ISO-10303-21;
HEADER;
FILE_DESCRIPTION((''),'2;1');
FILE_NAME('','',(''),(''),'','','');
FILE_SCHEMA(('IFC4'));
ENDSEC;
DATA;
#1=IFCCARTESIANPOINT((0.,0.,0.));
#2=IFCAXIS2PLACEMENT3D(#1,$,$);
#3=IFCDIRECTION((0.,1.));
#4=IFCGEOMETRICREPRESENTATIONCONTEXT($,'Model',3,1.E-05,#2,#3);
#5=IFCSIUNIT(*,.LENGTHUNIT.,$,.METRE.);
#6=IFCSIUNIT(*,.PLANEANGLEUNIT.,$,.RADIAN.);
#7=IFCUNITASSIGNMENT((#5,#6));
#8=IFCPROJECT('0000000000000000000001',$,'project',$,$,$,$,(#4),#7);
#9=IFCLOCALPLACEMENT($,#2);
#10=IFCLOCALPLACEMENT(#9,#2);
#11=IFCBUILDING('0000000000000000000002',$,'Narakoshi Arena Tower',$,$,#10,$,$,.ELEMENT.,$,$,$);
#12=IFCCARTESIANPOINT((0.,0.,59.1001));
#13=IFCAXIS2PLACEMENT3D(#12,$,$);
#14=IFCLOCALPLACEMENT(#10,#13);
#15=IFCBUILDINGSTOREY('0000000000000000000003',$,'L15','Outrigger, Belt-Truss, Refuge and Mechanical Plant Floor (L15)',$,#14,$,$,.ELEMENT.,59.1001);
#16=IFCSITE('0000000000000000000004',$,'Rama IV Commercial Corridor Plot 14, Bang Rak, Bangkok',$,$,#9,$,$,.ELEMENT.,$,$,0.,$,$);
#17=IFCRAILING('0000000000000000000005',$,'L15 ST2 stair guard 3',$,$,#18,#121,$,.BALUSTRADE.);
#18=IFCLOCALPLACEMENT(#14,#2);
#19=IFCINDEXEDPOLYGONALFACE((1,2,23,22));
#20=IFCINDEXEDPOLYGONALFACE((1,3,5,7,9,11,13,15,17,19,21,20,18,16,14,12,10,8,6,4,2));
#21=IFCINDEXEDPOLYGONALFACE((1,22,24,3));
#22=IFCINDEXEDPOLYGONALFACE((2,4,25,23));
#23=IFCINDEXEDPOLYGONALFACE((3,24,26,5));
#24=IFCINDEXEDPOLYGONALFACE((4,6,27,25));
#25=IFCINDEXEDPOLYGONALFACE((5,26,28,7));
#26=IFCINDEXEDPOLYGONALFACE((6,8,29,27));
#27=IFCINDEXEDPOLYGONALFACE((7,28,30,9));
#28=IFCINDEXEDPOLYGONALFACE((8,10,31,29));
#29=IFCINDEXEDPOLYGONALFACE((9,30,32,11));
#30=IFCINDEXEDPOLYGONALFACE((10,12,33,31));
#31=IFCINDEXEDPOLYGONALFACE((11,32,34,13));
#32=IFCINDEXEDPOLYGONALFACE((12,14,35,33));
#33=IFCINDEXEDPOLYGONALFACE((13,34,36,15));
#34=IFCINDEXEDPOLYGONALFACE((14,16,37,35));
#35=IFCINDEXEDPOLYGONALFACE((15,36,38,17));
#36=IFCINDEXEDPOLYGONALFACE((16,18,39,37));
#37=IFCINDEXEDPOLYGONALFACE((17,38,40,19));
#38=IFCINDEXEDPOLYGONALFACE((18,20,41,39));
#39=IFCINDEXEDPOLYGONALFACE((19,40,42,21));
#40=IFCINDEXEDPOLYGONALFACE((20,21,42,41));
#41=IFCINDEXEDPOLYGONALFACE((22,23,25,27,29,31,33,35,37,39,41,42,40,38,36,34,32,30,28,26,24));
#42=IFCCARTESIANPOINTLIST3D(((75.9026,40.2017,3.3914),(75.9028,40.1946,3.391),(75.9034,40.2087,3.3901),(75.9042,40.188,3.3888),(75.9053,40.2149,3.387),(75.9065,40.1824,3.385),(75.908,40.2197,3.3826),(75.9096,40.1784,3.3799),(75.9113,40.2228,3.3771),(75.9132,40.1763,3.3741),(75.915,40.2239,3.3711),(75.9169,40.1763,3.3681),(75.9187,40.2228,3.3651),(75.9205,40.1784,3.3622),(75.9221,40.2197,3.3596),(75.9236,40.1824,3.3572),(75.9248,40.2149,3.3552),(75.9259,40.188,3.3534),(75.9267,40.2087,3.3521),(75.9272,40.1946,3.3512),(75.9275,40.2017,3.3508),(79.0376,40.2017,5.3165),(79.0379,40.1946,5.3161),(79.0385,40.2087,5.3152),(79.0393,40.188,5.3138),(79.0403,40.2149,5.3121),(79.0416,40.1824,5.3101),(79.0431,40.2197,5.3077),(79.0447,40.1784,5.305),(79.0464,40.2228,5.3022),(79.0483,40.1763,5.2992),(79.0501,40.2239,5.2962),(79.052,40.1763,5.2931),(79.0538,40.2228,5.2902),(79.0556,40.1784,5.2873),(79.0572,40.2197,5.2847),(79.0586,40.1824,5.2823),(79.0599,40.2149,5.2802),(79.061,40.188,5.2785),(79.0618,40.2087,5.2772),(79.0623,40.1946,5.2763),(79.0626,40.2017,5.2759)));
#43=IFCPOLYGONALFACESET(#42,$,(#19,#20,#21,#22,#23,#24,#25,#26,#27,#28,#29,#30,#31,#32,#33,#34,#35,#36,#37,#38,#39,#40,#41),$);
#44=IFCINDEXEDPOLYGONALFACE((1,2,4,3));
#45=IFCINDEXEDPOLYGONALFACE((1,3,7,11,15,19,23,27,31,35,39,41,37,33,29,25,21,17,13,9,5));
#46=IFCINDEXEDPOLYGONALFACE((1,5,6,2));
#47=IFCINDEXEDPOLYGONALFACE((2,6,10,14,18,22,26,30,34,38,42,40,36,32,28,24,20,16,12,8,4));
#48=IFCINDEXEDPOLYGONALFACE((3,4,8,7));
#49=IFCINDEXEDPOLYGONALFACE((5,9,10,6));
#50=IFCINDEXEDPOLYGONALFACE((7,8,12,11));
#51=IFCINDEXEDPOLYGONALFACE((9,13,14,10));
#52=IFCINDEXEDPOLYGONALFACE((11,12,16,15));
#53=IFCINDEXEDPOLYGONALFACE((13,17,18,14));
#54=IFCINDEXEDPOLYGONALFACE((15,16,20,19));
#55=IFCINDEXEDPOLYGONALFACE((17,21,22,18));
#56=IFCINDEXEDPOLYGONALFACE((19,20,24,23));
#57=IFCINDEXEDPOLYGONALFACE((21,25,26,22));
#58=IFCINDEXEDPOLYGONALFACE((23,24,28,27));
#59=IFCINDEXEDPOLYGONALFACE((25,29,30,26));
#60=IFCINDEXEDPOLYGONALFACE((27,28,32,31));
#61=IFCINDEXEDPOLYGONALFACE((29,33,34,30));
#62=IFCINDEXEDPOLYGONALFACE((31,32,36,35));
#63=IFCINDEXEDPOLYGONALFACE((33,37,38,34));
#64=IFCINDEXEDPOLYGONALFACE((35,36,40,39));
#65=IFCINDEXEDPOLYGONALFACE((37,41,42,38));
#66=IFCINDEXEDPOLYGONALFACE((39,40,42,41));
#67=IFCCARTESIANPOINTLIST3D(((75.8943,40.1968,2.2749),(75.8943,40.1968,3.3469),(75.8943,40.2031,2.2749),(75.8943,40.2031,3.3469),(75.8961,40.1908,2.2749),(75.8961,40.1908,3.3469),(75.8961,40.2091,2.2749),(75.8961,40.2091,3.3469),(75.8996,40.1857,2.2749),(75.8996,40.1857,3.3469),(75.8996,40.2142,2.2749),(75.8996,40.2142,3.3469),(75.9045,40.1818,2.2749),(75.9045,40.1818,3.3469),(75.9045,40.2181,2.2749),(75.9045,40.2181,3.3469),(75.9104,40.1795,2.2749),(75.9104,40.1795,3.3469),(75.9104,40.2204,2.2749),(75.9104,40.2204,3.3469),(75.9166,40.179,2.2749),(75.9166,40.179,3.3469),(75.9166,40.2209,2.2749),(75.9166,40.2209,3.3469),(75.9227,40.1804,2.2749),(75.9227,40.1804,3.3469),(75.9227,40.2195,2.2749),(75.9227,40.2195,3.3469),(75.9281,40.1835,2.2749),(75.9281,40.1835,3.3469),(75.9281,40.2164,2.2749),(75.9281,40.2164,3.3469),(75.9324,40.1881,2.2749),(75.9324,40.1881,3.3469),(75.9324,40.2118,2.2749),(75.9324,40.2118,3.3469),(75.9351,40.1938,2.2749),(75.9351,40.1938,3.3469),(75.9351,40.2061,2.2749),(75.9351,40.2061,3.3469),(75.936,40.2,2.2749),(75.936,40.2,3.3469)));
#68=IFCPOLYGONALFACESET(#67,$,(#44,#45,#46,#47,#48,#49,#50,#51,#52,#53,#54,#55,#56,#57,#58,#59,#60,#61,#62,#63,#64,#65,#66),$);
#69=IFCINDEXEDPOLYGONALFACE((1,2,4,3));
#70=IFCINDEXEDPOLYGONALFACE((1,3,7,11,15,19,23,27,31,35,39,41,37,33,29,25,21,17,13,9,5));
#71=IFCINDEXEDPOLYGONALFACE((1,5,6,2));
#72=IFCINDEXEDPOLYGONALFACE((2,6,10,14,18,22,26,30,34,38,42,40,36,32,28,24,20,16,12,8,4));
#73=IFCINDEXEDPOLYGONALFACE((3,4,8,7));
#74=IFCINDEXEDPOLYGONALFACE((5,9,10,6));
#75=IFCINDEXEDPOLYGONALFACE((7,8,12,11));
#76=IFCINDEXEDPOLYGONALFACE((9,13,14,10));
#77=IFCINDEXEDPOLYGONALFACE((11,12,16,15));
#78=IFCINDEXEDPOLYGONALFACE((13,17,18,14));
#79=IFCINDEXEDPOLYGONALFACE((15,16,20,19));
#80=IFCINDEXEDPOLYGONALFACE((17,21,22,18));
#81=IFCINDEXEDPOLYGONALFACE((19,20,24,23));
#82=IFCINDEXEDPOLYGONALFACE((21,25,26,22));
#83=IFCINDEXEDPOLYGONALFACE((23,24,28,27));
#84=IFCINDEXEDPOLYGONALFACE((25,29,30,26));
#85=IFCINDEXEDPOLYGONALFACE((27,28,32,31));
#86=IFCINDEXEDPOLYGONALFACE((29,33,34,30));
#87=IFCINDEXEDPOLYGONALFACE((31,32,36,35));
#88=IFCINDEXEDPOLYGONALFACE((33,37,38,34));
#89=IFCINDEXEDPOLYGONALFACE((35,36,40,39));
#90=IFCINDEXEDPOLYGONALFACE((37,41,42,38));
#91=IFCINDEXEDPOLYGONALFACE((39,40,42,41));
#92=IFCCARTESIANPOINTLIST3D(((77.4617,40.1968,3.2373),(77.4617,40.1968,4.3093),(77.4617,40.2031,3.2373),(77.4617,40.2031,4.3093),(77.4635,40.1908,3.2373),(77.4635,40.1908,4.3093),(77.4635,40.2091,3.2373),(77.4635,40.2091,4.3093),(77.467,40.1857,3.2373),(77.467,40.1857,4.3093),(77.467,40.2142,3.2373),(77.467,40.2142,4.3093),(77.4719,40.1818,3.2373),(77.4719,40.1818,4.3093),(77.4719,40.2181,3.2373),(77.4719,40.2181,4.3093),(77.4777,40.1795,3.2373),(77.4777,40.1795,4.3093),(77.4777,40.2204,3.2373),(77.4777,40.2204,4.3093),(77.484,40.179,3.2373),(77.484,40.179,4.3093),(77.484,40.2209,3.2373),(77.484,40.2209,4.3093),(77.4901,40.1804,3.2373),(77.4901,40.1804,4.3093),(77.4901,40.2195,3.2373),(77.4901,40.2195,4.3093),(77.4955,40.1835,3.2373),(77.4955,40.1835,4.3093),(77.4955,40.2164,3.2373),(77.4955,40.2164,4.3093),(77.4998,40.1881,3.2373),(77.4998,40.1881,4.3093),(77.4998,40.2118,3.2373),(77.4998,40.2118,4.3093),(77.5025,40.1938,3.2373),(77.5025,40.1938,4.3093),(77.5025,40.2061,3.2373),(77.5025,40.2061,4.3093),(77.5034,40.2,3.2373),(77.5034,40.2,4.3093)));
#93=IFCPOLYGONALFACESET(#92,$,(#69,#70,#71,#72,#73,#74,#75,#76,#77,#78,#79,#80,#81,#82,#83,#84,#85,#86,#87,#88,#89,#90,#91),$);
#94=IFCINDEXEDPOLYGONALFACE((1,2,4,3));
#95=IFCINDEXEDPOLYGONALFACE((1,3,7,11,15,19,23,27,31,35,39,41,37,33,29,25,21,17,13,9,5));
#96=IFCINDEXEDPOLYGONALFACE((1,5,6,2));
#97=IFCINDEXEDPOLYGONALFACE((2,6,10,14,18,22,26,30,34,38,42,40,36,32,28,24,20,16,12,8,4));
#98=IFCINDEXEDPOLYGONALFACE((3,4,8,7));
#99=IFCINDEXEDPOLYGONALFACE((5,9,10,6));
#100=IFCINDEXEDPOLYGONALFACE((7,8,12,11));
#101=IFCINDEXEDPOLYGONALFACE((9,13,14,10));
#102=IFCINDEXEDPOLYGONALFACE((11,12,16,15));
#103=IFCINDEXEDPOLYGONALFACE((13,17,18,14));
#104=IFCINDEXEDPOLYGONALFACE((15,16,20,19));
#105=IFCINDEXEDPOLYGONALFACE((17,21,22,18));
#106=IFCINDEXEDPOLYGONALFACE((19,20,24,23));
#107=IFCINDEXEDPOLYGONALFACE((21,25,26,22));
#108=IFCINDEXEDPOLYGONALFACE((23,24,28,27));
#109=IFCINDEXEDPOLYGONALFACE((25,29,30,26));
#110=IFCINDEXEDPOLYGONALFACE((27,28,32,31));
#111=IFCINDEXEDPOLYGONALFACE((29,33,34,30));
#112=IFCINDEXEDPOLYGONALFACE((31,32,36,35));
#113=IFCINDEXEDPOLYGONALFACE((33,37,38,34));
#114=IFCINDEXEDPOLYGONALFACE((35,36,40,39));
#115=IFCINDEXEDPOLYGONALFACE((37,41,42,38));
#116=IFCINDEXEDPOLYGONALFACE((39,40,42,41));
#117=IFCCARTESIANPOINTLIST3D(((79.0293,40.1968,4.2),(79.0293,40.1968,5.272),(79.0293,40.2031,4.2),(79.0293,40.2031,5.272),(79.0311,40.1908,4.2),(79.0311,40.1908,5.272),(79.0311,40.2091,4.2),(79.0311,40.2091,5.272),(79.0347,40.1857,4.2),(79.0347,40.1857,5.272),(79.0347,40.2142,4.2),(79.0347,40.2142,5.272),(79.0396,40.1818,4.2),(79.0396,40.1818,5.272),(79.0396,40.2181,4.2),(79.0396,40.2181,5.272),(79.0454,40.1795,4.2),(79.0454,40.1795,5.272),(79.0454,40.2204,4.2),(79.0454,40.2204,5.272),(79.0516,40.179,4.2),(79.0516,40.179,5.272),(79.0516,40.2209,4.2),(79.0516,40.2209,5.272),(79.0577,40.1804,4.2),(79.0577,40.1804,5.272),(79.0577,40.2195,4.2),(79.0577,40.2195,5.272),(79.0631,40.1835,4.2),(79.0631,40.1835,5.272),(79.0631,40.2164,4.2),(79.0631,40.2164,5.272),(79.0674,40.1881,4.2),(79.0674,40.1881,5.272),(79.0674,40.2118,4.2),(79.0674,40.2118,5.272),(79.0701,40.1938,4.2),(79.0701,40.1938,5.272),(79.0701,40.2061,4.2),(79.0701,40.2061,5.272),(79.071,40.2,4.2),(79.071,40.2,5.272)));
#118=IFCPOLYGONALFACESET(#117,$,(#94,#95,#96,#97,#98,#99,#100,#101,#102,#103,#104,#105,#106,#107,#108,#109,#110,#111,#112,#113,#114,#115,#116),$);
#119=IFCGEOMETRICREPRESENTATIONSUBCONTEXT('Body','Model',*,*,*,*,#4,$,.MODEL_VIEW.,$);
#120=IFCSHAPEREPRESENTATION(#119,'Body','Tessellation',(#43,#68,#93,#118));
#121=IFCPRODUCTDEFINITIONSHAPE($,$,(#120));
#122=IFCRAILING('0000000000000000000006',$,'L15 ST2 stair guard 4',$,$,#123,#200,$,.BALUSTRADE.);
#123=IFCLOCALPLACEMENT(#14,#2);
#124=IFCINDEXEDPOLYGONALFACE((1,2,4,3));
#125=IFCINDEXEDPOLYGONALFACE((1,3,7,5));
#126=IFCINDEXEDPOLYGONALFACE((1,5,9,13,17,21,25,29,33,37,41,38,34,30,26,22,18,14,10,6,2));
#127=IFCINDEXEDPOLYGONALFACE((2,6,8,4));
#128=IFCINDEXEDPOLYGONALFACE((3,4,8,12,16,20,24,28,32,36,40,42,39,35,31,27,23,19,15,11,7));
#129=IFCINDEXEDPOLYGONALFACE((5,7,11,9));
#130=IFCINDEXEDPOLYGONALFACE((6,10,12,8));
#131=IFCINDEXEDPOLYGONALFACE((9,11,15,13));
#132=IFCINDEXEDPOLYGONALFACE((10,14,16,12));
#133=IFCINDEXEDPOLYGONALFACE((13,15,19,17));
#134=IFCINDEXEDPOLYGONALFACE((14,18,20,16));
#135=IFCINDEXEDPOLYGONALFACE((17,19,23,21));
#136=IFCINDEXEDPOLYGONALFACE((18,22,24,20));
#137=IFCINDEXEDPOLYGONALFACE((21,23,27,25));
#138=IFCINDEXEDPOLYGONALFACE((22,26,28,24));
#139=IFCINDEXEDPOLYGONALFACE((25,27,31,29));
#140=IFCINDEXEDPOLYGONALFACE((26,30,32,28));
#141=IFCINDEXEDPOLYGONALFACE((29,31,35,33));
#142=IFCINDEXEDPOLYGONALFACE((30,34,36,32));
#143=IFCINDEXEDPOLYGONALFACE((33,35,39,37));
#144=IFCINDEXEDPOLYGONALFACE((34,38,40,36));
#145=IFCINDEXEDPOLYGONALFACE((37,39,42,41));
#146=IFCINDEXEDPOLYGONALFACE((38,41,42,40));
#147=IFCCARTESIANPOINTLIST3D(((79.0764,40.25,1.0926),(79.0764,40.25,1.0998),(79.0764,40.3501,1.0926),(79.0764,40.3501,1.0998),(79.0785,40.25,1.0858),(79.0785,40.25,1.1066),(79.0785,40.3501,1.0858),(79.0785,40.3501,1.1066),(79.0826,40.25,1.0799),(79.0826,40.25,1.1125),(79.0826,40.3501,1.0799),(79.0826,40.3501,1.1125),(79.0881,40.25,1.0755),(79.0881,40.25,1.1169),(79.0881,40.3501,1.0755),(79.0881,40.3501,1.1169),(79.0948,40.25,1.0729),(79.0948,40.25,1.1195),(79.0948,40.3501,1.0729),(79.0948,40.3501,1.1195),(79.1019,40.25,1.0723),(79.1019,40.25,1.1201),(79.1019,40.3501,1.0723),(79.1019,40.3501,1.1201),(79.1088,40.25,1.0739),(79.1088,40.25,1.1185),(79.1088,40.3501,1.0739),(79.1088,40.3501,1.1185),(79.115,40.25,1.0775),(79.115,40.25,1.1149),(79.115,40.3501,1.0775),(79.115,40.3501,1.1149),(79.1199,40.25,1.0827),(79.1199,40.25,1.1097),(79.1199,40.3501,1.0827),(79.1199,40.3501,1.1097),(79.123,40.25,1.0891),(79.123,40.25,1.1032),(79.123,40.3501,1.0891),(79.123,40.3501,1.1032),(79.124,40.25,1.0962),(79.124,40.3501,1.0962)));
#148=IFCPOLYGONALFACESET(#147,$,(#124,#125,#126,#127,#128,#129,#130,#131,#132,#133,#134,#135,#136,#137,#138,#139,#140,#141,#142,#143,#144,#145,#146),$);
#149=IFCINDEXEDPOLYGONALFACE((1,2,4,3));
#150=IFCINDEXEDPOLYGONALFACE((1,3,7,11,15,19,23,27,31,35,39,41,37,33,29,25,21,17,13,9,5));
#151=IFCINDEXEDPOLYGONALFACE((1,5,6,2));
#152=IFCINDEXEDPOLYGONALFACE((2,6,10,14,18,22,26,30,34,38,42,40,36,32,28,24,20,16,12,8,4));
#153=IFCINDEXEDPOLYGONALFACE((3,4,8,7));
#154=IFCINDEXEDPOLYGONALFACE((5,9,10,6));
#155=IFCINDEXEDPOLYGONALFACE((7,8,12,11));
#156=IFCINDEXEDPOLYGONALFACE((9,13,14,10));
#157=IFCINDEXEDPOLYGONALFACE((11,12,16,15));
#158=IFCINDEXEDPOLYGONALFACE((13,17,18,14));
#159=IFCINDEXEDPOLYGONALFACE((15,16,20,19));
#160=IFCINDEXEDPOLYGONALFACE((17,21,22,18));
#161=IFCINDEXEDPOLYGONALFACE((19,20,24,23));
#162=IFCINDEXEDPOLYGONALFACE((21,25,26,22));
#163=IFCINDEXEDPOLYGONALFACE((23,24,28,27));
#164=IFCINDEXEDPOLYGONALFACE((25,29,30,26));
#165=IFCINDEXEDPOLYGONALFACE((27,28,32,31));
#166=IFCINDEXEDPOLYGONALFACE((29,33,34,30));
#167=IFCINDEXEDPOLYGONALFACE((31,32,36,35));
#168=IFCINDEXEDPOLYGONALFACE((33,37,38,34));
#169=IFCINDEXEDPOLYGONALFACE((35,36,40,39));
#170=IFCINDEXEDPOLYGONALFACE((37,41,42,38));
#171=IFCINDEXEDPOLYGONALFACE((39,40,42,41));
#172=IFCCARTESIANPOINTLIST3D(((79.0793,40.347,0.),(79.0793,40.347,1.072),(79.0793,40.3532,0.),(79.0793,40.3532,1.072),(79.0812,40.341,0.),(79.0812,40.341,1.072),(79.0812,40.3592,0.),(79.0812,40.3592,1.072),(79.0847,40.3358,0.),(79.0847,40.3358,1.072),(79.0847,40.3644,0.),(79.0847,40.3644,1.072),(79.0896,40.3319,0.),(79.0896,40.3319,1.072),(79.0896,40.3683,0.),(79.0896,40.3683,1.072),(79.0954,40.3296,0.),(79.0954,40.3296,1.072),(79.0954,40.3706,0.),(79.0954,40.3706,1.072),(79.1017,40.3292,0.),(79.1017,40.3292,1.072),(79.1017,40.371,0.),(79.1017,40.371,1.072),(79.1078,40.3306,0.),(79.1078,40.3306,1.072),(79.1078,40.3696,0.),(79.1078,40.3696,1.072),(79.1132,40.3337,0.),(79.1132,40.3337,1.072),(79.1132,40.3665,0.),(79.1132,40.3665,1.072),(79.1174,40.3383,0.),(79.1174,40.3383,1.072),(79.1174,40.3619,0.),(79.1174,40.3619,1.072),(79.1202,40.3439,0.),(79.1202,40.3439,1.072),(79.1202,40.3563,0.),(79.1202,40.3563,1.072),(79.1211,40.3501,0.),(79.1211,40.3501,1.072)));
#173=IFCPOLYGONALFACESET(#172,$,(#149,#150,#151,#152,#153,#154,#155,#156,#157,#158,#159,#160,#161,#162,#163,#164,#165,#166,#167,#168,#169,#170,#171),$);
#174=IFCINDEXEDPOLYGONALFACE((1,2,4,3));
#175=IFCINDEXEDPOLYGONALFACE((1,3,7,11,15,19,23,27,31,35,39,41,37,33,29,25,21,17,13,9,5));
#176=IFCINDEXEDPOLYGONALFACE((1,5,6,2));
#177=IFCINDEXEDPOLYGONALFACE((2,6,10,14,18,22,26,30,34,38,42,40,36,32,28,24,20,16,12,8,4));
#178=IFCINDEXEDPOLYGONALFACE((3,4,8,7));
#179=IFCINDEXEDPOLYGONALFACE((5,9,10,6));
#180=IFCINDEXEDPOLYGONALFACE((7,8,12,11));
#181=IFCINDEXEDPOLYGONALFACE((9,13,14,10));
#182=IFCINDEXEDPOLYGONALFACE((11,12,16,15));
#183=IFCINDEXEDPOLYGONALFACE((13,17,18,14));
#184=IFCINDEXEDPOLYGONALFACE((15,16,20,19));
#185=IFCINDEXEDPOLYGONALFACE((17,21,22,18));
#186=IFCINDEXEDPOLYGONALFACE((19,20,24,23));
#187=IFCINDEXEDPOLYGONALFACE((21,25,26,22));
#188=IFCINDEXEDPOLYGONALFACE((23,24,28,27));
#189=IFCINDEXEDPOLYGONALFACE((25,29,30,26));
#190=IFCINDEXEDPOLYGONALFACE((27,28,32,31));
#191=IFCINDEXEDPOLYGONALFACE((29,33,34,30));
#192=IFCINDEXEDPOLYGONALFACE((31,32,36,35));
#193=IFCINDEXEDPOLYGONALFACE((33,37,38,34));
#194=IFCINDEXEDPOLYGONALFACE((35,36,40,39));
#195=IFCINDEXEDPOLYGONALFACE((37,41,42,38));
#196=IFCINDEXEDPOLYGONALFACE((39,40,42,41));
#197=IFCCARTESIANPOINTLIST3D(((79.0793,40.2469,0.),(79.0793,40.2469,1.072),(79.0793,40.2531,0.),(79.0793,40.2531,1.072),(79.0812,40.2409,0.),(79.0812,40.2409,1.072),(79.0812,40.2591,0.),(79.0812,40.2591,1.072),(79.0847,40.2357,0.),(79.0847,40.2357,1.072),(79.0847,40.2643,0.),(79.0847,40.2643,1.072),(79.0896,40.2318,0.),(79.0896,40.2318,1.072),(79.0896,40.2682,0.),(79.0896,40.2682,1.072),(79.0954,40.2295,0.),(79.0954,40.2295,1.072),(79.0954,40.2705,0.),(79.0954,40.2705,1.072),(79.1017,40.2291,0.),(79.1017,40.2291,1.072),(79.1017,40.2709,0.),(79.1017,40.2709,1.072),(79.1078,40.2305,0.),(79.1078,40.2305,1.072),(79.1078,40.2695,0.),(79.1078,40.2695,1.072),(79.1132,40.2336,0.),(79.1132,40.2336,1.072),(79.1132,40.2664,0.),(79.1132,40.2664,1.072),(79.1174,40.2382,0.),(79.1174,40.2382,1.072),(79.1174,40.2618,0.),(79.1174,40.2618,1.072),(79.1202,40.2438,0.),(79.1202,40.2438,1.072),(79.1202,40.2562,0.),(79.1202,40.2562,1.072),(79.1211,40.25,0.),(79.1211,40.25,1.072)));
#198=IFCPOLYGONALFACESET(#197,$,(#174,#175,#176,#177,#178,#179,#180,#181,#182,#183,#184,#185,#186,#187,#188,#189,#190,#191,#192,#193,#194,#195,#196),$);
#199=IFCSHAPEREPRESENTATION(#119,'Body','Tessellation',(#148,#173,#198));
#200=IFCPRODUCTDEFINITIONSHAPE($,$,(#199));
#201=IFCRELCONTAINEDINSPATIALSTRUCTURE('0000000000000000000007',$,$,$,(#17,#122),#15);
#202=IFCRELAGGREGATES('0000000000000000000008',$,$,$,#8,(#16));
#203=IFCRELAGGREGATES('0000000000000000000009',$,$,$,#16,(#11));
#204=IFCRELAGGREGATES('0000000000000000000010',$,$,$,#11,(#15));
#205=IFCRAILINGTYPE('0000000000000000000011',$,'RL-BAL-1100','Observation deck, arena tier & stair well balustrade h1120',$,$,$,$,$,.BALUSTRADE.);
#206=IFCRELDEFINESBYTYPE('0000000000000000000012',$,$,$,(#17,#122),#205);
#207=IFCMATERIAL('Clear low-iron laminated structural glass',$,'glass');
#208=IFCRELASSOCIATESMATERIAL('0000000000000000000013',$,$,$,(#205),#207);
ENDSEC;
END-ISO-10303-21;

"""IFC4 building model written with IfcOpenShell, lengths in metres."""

from ifc_helpers import new_model, si_unit, direction, frame, origin, origin_2d, place, context, subcontext, project, spatial, circle, extrude, material, type_object, element, save


model = new_model("IFC4")

# Units and contexts
model_context = context("Model", 3, precision=1e-05, world=origin(), true_north=direction((0.0, 1.0)))
body_context = subcontext(model_context, "Body", "Model", "MODEL_VIEW")
ifc_project = project(units=[si_unit("LENGTHUNIT", "METRE"), si_unit("PLANEANGLEUNIT", "RADIAN")], contexts=[model_context])

# Site, building, storey
site_placement = place(None, origin())
site = spatial("IfcSite", under=ifc_project, at=site_placement, Name="Rama IV Commercial Corridor Plot 14, Bang Rak, Bangkok", CompositionType="ELEMENT", RefElevation=0.0)
building_placement = place(site_placement, origin())
building = spatial("IfcBuilding", under=site, at=building_placement, Name="Narakoshi Arena Tower", CompositionType="ELEMENT")
storey_placement = place(building_placement, frame((0.0, 0.0, 59.1001)))
storey = spatial("IfcBuildingStorey", under=building, at=storey_placement, Name="L15", Description="Outrigger, Belt-Truss, Refuge and Mechanical Plant Floor (L15)", CompositionType="ELEMENT", Elevation=59.1001)

# Railings
ifc_material_1 = material(Name="Clear low-iron laminated structural glass", Category="glass")
railing_type_1 = type_object("IfcRailingType", Name="RL-BAL-1100", Description="Observation deck, arena tier & stair well balustrade h1120", PredefinedType="BALUSTRADE", material=ifc_material_1)
railing_1_placement = place(storey_placement, frame((75.915, 40.2, 2.2749)))
element("IfcRailing", 1, at=railing_1_placement, inside=storey, type_object=railing_type_1, Name="L15 ST2 stair guard 3", PredefinedType="BALUSTRADE", context=body_context, shape_type="SweptSolid", body=[
    extrude(circle(Radius=0.0239, at=origin_2d()), frame((0.0, 0.0, 1.0962), z_axis=(0.852166, 0.0, 0.523271), x_axis=(0.0, 1.0, 0.0)), (0.0, 0.0, 1.0), 3.679),
    extrude(circle(Radius=0.021, at=origin_2d()), origin(), (0.0, 0.0, 1.0), 1.072),
    extrude(circle(Radius=0.021, at=origin_2d()), frame((1.5674, 0.0, 0.9624)), (0.0, 0.0, 1.0), 1.072),
    extrude(circle(Radius=0.021, at=origin_2d()), frame((3.135, 0.0, 1.925)), (0.0, 0.0, 1.0), 1.072),
])
railing_2_placement = place(storey_placement, frame((79.1001, 40.3501, 0.0)))
element("IfcRailing", 2, at=railing_2_placement, inside=storey, type_object=railing_type_1, Name="L15 ST2 stair guard 4", PredefinedType="BALUSTRADE", context=body_context, shape_type="SweptSolid", body=[
    extrude(circle(Radius=0.0239, at=origin_2d()), frame((0.0, 0.0, 1.0962), z_axis=(0.0, -1.0, 0.0), x_axis=(1.0, 0.0, 0.0)), (0.0, 0.0, 1.0), 0.1001),
    extrude(circle(Radius=0.021, at=origin_2d()), origin(), (0.0, 0.0, 1.0), 1.072),
    extrude(circle(Radius=0.021, at=origin_2d()), frame((0.0, -0.1001, 0.0)), (0.0, 0.0, 1.0), 1.072),
])

save(model, "model.ifc")
